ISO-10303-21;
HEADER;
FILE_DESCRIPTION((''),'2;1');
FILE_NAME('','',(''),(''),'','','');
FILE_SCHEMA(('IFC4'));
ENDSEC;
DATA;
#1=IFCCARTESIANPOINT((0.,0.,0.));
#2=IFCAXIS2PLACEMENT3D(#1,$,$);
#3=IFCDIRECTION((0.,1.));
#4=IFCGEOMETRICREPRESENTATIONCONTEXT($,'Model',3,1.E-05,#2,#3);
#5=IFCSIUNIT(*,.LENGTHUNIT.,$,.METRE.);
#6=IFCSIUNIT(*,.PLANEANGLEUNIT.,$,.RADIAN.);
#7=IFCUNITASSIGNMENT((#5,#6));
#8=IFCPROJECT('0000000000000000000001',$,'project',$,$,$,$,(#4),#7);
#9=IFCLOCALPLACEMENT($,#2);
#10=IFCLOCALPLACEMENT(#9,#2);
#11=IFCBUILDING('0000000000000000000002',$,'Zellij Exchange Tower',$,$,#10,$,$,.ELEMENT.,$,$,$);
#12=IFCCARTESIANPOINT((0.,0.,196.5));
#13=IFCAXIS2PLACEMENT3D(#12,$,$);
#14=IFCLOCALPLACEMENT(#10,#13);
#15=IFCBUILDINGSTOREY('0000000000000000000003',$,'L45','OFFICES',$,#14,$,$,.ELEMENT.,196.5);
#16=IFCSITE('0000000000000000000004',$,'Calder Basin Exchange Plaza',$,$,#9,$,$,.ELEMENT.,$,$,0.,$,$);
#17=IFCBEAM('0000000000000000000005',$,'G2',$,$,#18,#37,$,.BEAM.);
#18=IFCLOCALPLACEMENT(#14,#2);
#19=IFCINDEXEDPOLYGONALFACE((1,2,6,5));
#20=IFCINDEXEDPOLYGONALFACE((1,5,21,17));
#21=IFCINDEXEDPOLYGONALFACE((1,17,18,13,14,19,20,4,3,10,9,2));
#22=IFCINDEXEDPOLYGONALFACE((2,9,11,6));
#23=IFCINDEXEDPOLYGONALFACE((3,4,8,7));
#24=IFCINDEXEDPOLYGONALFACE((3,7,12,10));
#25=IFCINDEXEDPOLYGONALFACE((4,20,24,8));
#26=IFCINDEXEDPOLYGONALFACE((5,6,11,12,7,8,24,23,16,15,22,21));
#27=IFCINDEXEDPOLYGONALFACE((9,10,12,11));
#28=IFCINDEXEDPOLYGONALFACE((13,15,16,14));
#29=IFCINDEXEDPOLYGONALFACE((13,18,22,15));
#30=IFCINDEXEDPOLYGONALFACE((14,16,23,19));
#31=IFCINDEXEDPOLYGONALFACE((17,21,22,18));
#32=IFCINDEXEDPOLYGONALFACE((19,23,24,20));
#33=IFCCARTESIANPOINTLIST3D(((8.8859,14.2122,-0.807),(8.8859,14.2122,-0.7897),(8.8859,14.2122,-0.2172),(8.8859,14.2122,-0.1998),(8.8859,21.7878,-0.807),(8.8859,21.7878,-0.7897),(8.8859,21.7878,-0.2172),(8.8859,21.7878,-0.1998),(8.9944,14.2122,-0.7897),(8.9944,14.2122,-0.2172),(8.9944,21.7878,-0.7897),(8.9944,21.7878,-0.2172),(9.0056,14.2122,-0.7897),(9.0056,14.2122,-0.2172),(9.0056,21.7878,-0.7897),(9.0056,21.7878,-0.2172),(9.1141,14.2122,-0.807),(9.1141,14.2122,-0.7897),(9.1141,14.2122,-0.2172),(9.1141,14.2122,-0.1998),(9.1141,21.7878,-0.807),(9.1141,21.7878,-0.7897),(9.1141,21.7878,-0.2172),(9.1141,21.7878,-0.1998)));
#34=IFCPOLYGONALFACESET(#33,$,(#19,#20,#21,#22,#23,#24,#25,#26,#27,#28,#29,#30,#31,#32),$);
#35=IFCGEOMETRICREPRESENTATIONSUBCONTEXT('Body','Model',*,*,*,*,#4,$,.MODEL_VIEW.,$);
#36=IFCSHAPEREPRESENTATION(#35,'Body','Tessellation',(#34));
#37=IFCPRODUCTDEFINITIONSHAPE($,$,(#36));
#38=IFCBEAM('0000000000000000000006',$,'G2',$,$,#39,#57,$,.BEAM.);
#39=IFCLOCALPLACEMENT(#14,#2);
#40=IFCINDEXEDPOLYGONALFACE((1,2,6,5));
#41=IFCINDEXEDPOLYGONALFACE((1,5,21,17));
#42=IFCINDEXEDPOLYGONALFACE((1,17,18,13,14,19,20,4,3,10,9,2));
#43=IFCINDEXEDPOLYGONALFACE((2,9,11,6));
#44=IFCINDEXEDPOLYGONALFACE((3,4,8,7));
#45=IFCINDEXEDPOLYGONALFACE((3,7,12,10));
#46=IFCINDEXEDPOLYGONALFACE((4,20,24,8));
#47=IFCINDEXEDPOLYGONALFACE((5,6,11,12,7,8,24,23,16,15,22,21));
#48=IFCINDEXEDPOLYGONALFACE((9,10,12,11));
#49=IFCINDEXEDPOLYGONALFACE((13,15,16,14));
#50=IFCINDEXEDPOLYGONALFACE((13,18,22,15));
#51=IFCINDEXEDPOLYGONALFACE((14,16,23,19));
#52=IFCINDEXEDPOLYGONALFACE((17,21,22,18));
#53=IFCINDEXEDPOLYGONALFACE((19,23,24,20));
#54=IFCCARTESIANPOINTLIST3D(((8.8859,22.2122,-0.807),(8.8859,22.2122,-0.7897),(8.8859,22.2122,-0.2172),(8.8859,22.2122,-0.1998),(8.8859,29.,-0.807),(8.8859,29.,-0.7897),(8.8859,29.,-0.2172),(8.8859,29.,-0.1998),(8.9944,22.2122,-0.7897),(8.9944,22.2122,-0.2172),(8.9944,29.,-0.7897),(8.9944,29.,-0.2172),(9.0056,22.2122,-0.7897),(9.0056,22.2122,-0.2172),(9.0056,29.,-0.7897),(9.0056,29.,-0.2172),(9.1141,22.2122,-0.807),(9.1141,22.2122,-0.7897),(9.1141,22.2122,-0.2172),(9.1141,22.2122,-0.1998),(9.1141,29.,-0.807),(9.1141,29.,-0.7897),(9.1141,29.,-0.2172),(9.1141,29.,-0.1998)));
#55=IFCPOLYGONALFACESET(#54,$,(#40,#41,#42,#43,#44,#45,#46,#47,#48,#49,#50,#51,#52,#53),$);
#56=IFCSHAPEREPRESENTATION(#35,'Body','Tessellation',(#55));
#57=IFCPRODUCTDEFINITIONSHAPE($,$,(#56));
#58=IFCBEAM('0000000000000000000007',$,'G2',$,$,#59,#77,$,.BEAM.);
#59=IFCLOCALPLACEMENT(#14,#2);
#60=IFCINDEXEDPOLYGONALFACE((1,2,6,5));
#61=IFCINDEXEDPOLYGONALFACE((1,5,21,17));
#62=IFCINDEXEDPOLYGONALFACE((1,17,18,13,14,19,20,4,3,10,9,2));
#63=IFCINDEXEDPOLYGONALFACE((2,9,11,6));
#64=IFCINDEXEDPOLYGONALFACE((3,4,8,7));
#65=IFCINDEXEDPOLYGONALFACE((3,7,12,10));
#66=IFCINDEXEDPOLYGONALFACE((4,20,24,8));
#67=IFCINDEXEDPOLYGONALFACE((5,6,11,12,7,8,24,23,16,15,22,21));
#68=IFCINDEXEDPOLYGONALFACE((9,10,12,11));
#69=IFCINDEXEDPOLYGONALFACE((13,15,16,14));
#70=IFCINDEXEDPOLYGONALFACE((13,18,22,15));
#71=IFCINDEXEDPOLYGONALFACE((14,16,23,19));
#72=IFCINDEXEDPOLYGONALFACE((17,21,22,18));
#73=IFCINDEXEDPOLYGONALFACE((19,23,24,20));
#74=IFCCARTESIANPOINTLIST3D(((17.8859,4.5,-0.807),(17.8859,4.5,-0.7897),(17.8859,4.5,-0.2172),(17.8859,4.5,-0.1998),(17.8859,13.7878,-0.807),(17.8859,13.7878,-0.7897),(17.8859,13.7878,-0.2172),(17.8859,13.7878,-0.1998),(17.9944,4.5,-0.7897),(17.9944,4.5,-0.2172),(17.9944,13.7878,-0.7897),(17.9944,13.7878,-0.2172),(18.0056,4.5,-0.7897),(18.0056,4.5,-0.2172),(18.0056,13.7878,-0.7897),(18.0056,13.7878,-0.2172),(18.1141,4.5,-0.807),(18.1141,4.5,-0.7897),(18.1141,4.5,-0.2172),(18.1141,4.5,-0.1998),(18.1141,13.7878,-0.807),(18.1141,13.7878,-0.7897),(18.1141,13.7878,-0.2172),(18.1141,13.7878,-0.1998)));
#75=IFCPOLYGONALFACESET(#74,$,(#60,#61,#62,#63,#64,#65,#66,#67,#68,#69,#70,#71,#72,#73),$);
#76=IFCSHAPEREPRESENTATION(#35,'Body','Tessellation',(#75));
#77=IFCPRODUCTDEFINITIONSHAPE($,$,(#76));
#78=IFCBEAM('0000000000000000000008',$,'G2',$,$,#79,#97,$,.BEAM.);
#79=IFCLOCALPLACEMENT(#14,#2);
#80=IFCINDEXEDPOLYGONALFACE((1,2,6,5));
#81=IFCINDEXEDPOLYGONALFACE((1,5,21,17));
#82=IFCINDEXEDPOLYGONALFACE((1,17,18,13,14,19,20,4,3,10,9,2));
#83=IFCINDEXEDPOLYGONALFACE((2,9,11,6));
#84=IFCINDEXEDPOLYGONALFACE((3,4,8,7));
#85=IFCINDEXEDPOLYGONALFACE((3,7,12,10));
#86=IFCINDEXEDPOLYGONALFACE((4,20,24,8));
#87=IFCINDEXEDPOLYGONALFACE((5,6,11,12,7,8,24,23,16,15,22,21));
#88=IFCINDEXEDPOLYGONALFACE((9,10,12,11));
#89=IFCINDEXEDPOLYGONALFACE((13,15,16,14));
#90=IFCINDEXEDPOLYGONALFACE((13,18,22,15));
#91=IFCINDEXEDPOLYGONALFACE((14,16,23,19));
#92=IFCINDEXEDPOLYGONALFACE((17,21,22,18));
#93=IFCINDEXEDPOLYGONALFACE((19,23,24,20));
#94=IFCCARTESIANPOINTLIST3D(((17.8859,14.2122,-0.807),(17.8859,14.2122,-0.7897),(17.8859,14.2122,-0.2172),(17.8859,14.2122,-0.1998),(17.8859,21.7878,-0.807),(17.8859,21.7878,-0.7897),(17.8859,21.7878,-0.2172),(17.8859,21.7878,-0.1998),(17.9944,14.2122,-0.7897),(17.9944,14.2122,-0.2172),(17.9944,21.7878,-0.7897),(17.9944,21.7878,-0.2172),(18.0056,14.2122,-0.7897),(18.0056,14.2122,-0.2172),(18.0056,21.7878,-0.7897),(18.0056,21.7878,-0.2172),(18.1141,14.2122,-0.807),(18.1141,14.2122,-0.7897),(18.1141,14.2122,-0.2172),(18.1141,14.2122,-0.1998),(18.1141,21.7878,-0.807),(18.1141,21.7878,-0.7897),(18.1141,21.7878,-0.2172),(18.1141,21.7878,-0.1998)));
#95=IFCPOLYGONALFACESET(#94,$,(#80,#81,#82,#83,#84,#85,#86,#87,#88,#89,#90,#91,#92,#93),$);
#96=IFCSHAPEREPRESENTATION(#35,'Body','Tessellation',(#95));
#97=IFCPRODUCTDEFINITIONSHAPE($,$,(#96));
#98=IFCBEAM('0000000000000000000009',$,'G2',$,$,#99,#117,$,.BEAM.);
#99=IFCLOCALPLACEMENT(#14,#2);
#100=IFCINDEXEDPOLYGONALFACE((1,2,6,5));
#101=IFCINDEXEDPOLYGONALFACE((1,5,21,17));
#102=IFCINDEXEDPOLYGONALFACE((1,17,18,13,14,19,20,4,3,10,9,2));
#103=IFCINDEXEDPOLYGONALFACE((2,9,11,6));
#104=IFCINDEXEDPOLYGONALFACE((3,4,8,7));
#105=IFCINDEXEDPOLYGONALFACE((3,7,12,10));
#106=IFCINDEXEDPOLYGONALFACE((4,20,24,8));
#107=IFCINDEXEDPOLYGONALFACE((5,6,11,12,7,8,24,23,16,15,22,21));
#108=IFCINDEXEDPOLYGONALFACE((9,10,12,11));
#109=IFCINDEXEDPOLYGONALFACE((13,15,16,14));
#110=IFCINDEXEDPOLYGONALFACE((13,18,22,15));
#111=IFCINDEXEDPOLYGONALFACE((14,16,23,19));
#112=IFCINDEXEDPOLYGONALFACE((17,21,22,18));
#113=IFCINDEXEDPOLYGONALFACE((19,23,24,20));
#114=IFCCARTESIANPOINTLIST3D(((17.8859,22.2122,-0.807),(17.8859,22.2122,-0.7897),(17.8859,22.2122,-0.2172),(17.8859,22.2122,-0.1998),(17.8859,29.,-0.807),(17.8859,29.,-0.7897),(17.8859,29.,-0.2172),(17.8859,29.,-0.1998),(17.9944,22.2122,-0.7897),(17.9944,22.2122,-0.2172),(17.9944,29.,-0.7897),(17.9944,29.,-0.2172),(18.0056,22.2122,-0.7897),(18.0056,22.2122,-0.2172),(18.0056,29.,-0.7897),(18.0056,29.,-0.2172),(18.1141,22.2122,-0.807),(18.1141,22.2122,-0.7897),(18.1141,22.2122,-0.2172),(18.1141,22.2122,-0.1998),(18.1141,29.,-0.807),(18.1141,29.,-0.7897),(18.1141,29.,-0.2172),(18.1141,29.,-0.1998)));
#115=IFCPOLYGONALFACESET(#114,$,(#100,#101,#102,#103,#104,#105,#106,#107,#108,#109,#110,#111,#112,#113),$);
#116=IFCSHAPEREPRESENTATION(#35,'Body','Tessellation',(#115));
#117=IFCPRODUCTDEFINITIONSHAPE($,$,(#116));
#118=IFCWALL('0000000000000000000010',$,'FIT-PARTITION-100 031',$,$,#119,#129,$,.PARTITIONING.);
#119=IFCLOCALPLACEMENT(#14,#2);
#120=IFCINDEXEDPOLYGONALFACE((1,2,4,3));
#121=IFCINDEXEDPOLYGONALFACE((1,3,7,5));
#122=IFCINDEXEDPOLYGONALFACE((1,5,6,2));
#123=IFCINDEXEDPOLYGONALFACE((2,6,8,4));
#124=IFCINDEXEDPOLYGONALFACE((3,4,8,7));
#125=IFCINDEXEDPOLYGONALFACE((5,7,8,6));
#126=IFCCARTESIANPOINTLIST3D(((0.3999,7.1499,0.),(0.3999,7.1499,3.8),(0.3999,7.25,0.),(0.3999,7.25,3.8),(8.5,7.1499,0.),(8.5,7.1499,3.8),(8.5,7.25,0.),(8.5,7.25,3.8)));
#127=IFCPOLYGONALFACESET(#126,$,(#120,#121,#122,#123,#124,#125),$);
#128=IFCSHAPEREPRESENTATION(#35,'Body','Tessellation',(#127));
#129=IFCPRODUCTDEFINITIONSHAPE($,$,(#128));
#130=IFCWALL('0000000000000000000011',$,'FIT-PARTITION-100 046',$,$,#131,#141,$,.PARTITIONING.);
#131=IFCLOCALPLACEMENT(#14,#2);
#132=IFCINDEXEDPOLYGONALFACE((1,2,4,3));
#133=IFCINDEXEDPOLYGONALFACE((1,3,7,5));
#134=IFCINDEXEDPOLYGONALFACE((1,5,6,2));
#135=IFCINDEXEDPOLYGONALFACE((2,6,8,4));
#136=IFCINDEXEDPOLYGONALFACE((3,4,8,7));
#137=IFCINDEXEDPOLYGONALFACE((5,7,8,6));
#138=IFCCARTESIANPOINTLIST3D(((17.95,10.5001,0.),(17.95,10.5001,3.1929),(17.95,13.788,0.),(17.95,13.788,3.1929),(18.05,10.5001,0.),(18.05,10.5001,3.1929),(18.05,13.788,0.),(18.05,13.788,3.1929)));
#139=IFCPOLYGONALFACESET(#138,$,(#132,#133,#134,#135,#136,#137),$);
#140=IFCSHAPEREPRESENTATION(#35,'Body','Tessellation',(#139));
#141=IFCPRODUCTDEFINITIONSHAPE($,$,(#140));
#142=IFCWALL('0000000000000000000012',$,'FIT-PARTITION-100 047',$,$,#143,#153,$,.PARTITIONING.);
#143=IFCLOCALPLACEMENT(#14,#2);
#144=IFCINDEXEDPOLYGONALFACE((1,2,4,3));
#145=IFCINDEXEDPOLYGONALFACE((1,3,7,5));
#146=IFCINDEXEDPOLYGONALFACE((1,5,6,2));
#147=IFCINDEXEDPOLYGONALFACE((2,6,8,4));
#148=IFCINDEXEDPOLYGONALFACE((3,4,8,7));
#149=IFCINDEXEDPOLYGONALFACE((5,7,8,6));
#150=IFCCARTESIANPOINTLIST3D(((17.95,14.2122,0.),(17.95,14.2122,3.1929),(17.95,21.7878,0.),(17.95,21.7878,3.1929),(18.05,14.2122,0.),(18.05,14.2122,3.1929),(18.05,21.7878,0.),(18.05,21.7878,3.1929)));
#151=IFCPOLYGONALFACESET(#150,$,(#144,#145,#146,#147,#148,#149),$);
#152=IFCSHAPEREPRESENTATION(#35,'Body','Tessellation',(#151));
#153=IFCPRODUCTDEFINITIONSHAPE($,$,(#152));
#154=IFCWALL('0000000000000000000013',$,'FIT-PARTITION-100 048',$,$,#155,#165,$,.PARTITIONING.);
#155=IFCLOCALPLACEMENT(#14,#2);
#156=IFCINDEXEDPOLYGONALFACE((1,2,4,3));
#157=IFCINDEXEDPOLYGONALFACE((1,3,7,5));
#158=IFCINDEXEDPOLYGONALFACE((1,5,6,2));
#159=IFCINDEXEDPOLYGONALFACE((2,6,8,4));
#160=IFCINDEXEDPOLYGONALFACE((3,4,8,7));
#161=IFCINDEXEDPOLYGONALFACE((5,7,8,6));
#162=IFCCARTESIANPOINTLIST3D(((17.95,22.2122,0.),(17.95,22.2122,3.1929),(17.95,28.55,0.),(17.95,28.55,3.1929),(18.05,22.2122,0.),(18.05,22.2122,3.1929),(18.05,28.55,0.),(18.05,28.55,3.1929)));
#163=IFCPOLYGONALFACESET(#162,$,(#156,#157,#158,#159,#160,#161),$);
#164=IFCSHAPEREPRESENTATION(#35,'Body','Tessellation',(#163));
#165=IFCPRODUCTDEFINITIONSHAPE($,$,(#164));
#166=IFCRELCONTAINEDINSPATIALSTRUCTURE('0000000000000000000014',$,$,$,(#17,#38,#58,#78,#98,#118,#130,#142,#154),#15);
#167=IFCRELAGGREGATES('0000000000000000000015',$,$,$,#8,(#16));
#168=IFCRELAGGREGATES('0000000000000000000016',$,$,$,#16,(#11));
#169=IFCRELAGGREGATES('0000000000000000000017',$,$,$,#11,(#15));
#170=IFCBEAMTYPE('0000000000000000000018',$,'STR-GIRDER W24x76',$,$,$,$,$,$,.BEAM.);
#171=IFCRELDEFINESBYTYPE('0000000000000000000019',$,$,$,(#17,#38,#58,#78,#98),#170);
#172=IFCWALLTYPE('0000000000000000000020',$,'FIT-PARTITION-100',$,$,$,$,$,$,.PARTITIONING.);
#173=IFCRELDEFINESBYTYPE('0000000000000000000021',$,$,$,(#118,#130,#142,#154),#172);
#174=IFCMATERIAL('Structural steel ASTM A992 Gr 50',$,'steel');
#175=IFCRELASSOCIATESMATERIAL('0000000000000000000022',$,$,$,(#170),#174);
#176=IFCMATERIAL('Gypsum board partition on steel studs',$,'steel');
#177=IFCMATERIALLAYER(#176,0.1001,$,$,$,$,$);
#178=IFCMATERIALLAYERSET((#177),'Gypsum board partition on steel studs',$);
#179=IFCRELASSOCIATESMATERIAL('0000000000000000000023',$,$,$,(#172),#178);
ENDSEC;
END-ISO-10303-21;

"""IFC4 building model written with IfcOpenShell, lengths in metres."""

from ifc_helpers import new_model, si_unit, direction, frame, frame_2d, origin, origin_2d, place, context, subcontext, project, spatial, rectangle, i_section, extrude, material, layer, layer_set, material_profile, profile_set, type_object, element, save


model = new_model("IFC4")

# Units and contexts
model_context = context("Model", 3, precision=1e-05, world=origin(), true_north=direction((0.0, 1.0)))
body_context = subcontext(model_context, "Body", "Model", "MODEL_VIEW")
ifc_project = project(units=[si_unit("LENGTHUNIT", "METRE"), si_unit("PLANEANGLEUNIT", "RADIAN")], contexts=[model_context])

# Site, building, storey
site_placement = place(None, origin())
site = spatial("IfcSite", under=ifc_project, at=site_placement, Name="Calder Basin Exchange Plaza", CompositionType="ELEMENT", RefElevation=0.0)
building_placement = place(site_placement, origin())
building = spatial("IfcBuilding", under=site, at=building_placement, Name="Zellij Exchange Tower", CompositionType="ELEMENT")
storey_placement = place(building_placement, frame((0.0, 0.0, 196.5)))
storey = spatial("IfcBuildingStorey", under=building, at=storey_placement, Name="L45", Description="OFFICES", CompositionType="ELEMENT", Elevation=196.5)

# Beams
ifc_material_1 = material(Name="Structural steel ASTM A992 Gr 50", Category="steel")
ifc_material_profile_1 = material_profile(ifc_material_1, i_section(OverallWidth=0.2283, OverallDepth=0.6072, WebThickness=0.0112, FlangeThickness=0.0173, at=origin_2d()), Name="W24x76")
ifc_profile_set_1 = profile_set([ifc_material_profile_1], Name="Structural steel ASTM A992 Gr 50")
beam_type = type_object("IfcBeamType", Name="STR-GIRDER W24x76", PredefinedType="BEAM", material=ifc_profile_set_1)
beam_1_placement = place(storey_placement, frame((9.0, 14.2122, -0.5034), z_axis=(0.0, 1.0, 0.0), x_axis=(-1.0, 0.0, 0.0)))
element("IfcBeam", 1, at=beam_1_placement, inside=storey, type_object=beam_type, Name="G2", PredefinedType="BEAM", context=body_context, shape_type="SweptSolid", body=[
    extrude(i_section(OverallWidth=0.2283, OverallDepth=0.6072, WebThickness=0.0112, FlangeThickness=0.0173, at=origin_2d()), origin(), (0.0, 0.0, 1.0), 7.5757),
])
beam_2_placement = place(storey_placement, frame((9.0, 22.2122, -0.5034), z_axis=(0.0, 1.0, 0.0), x_axis=(-1.0, 0.0, 0.0)))
element("IfcBeam", 2, at=beam_2_placement, inside=storey, type_object=beam_type, Name="G2", PredefinedType="BEAM", context=body_context, shape_type="SweptSolid", body=[
    extrude(i_section(OverallWidth=0.2283, OverallDepth=0.6072, WebThickness=0.0112, FlangeThickness=0.0173, at=origin_2d()), origin(), (0.0, 0.0, 1.0), 6.7878),
])
beam_3_placement = place(storey_placement, frame((18.0, 4.5, -0.5034), z_axis=(0.0, 1.0, 0.0), x_axis=(-1.0, 0.0, 0.0)))
element("IfcBeam", 3, at=beam_3_placement, inside=storey, type_object=beam_type, Name="G2", PredefinedType="BEAM", context=body_context, shape_type="SweptSolid", body=[
    extrude(i_section(OverallWidth=0.2283, OverallDepth=0.6072, WebThickness=0.0112, FlangeThickness=0.0173, at=origin_2d()), origin(), (0.0, 0.0, 1.0), 9.2878),
])
beam_4_placement = place(storey_placement, frame((18.0, 14.2122, -0.5034), z_axis=(0.0, 1.0, 0.0), x_axis=(-1.0, 0.0, 0.0)))
element("IfcBeam", 4, at=beam_4_placement, inside=storey, type_object=beam_type, Name="G2", PredefinedType="BEAM", context=body_context, shape_type="SweptSolid", body=[
    extrude(i_section(OverallWidth=0.2283, OverallDepth=0.6072, WebThickness=0.0112, FlangeThickness=0.0173, at=origin_2d()), origin(), (0.0, 0.0, 1.0), 7.5757),
])
beam_5_placement = place(storey_placement, frame((18.0, 22.2122, -0.5034), z_axis=(0.0, 1.0, 0.0), x_axis=(-1.0, 0.0, 0.0)))
element("IfcBeam", 5, at=beam_5_placement, inside=storey, type_object=beam_type, Name="G2", PredefinedType="BEAM", context=body_context, shape_type="SweptSolid", body=[
    extrude(i_section(OverallWidth=0.2283, OverallDepth=0.6072, WebThickness=0.0112, FlangeThickness=0.0173, at=origin_2d()), origin(), (0.0, 0.0, 1.0), 6.7878),
])

# Walls
ifc_material_2 = material(Name="Gypsum board partition on steel studs", Category="steel")
ifc_layer_1 = layer(ifc_material_2, 0.1001)
ifc_layer_set_1 = layer_set([ifc_layer_1], Name="Gypsum board partition on steel studs")
wall_type = type_object("IfcWallType", Name="FIT-PARTITION-100", PredefinedType="PARTITIONING", material=ifc_layer_set_1)
wall_1_placement = place(storey_placement, frame((0.3999, 7.2, 0.0), z_axis=(0.0, 0.0, 1.0), x_axis=(1.0, 0.0, 0.0)))
element("IfcWall", 6, at=wall_1_placement, inside=storey, type_object=wall_type, Name="FIT-PARTITION-100 031", PredefinedType="PARTITIONING", context=body_context, shape_type="SweptSolid", body=[
    extrude(rectangle(XDim=8.1001, YDim=0.1001, at=frame_2d((4.05, 0.0))), origin(), (0.0, 0.0, 1.0), 3.8),
])
wall_2_placement = place(storey_placement, frame((18.0, 10.5, 0.0), z_axis=(0.0, 0.0, 1.0), x_axis=(0.0, 1.0, 0.0)))
element("IfcWall", 7, at=wall_2_placement, inside=storey, type_object=wall_type, Name="FIT-PARTITION-100 046", PredefinedType="PARTITIONING", context=body_context, shape_type="SweptSolid", body=[
    extrude(rectangle(XDim=3.2878, YDim=0.1001, at=frame_2d((1.644, 0.0))), origin(), (0.0, 0.0, 1.0), 3.1929),
])
wall_3_placement = place(storey_placement, frame((18.0, 14.2122, 0.0), z_axis=(0.0, 0.0, 1.0), x_axis=(0.0, 1.0, 0.0)))
element("IfcWall", 8, at=wall_3_placement, inside=storey, type_object=wall_type, Name="FIT-PARTITION-100 047", PredefinedType="PARTITIONING", context=body_context, shape_type="SweptSolid", body=[
    extrude(rectangle(XDim=7.5757, YDim=0.1001, at=frame_2d((3.7878, 0.0))), origin(), (0.0, 0.0, 1.0), 3.1929),
])
wall_4_placement = place(storey_placement, frame((18.0, 22.2122, 0.0), z_axis=(0.0, 0.0, 1.0), x_axis=(0.0, 1.0, 0.0)))
element("IfcWall", 9, at=wall_4_placement, inside=storey, type_object=wall_type, Name="FIT-PARTITION-100 048", PredefinedType="PARTITIONING", context=body_context, shape_type="SweptSolid", body=[
    extrude(rectangle(XDim=6.3379, YDim=0.1001, at=frame_2d((3.1689, 0.0))), origin(), (0.0, 0.0, 1.0), 3.1929),
])

save(model, "model.ifc")
